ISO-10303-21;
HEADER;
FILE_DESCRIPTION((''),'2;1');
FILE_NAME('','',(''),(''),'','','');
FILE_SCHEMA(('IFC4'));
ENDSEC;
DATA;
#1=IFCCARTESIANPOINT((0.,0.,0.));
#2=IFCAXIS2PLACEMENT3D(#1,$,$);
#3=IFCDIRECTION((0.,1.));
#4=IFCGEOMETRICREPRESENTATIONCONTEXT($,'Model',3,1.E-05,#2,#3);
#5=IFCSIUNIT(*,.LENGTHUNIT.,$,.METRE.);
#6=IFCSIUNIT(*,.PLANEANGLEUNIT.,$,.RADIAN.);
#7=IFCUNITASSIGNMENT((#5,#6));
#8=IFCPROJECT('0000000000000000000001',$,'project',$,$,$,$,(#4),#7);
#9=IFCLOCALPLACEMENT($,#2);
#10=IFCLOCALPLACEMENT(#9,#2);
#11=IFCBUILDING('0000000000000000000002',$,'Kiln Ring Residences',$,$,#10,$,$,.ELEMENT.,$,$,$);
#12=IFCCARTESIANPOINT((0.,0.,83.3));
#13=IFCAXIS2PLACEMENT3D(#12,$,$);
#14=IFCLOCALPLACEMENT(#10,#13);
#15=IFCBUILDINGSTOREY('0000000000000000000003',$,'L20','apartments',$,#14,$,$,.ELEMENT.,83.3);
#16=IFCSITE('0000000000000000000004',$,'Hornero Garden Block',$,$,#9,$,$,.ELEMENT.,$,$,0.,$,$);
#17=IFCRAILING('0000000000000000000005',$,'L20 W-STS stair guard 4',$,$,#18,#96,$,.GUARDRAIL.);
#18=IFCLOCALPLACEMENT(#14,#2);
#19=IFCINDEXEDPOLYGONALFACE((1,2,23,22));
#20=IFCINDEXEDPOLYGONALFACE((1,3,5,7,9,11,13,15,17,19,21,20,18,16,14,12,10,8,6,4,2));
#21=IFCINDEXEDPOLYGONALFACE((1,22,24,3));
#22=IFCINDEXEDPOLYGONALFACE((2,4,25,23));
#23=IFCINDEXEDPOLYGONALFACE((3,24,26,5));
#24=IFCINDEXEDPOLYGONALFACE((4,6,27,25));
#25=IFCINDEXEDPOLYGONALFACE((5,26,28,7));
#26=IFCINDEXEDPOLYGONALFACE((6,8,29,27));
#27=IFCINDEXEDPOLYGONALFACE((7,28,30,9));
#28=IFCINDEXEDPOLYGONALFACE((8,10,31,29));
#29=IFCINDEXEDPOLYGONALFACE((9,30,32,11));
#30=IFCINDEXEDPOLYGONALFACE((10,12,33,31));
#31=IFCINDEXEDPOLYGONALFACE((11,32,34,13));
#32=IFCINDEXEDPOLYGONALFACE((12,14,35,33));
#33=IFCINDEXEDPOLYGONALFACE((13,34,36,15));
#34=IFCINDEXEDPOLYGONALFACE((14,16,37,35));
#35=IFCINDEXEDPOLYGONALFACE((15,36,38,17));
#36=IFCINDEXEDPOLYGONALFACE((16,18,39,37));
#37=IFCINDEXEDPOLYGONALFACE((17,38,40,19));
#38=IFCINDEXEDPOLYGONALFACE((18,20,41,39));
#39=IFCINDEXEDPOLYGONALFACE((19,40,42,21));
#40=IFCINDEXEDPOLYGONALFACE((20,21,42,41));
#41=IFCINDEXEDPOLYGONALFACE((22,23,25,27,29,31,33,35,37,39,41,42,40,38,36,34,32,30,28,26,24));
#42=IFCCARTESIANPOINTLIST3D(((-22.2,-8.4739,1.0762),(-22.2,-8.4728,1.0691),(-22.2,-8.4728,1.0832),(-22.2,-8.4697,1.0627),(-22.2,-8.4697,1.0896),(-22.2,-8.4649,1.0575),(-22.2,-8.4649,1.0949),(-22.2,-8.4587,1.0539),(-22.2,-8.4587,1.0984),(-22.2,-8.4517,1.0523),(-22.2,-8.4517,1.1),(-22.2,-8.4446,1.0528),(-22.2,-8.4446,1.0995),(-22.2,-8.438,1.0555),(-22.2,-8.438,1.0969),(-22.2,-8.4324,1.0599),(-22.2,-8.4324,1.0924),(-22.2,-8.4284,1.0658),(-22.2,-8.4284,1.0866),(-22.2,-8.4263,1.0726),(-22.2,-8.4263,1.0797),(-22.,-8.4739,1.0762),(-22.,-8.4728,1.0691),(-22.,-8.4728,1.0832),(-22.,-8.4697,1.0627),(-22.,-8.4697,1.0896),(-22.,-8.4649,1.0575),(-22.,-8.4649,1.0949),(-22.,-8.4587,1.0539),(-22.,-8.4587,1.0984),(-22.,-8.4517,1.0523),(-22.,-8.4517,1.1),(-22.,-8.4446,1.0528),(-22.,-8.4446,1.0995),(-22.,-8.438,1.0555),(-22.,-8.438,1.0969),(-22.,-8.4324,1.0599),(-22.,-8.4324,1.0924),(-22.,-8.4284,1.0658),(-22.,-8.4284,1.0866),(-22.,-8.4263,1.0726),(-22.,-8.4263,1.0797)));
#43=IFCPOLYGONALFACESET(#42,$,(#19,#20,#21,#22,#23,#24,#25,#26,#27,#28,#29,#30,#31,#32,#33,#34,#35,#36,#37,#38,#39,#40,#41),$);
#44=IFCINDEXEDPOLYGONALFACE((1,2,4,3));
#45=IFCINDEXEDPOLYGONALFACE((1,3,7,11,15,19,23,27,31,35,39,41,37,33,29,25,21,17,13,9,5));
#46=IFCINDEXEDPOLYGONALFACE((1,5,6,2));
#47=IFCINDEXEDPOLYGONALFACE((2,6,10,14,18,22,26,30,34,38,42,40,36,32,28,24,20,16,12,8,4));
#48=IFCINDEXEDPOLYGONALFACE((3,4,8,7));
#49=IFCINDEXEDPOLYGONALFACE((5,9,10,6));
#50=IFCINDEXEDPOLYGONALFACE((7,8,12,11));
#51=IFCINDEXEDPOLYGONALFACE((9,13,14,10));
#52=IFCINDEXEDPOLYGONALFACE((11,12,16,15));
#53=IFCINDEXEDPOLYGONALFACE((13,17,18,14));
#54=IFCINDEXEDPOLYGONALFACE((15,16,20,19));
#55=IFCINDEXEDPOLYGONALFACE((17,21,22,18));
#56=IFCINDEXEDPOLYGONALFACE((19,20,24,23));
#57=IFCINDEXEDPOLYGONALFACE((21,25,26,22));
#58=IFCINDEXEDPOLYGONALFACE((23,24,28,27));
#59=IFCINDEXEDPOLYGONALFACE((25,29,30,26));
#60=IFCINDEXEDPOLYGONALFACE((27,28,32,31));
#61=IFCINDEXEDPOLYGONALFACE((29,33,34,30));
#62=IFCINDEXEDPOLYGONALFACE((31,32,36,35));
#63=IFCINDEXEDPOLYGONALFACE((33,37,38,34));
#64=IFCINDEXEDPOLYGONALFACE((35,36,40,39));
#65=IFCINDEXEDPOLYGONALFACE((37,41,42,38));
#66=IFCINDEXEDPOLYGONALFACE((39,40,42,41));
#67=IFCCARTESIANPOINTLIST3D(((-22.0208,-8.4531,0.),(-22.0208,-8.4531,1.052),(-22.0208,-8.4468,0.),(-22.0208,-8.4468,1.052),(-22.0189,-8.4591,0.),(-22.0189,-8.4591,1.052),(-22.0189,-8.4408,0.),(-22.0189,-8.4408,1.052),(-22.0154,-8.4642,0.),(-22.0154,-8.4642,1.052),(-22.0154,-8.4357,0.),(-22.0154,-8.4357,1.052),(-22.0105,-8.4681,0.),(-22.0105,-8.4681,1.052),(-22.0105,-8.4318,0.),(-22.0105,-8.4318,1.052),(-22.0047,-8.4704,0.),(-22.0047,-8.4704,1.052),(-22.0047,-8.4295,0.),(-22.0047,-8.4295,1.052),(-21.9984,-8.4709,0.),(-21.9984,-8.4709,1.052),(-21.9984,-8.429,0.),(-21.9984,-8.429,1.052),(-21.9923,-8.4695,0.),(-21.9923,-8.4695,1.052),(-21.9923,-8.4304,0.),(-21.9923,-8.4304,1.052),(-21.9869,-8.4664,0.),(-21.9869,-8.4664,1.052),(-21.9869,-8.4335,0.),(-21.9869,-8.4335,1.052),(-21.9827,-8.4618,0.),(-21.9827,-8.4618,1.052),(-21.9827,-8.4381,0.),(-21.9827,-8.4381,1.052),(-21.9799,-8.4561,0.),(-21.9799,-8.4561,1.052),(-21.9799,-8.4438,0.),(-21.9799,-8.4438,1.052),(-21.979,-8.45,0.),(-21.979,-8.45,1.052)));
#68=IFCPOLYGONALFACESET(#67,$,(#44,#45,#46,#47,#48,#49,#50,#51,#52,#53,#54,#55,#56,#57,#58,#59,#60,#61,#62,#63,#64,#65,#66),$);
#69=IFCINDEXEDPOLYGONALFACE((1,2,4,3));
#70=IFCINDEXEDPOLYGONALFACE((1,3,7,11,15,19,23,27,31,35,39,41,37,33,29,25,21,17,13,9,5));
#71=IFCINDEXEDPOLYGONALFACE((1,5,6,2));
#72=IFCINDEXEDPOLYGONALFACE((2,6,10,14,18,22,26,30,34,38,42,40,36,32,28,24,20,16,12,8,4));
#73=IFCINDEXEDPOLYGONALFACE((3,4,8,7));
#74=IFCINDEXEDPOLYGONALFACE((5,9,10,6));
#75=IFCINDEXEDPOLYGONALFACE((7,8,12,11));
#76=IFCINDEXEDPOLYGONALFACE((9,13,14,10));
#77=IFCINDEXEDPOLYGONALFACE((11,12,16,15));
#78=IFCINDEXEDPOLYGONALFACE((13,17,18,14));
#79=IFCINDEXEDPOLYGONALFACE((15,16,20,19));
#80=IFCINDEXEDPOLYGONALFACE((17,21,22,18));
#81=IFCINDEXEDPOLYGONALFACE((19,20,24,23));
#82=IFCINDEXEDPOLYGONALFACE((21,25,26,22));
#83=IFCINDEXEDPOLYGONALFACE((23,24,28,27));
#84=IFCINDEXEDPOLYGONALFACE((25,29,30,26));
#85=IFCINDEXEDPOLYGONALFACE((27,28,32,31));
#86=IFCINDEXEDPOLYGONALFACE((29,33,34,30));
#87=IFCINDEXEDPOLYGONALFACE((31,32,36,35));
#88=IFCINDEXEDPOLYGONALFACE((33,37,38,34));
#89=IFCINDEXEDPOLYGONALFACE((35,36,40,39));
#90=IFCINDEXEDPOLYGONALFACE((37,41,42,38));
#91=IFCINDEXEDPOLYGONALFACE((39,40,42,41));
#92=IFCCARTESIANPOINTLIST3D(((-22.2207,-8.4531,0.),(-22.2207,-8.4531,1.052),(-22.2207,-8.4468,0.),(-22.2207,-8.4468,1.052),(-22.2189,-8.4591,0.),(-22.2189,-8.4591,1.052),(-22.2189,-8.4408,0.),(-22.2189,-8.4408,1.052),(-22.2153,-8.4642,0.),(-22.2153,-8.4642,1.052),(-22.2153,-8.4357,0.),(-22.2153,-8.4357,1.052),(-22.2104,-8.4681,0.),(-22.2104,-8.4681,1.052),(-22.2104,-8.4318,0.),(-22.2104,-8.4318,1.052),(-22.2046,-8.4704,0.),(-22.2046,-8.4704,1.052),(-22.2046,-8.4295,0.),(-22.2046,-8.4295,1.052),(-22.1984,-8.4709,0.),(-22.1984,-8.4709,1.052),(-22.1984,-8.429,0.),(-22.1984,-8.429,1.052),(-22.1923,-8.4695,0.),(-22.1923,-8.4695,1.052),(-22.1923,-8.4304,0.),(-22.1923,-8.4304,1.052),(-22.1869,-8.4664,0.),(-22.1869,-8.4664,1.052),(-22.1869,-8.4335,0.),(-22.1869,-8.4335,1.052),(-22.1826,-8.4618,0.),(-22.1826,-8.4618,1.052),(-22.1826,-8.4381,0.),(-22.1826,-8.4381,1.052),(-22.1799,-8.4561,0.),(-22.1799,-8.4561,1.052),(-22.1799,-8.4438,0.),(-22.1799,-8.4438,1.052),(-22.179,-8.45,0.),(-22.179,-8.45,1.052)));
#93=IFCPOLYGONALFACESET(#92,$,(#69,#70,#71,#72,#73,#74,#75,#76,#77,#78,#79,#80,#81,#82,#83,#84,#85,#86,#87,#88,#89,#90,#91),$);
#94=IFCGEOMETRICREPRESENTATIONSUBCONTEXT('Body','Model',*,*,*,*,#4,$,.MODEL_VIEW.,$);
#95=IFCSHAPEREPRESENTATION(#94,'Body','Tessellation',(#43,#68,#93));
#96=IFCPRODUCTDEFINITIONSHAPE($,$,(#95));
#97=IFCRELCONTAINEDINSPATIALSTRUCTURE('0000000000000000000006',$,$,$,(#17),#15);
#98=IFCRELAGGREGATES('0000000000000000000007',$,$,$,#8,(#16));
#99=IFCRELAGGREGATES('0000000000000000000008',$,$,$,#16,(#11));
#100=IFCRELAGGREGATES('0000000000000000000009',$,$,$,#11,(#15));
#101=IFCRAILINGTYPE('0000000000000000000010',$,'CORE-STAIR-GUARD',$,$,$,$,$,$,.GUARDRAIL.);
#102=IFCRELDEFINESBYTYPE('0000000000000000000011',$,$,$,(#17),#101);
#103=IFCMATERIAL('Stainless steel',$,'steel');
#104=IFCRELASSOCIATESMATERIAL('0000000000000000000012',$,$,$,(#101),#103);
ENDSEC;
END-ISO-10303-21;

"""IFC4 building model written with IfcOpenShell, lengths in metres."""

from ifc_helpers import new_model, si_unit, direction, frame, origin, origin_2d, place, context, subcontext, project, spatial, circle, extrude, material, type_object, element, save


model = new_model("IFC4")

# Units and contexts
model_context = context("Model", 3, precision=1e-05, world=origin(), true_north=direction((0.0, 1.0)))
body_context = subcontext(model_context, "Body", "Model", "MODEL_VIEW")
ifc_project = project(units=[si_unit("LENGTHUNIT", "METRE"), si_unit("PLANEANGLEUNIT", "RADIAN")], contexts=[model_context])

# Site, building, storey
site_placement = place(None, origin())
site = spatial("IfcSite", under=ifc_project, at=site_placement, Name="Hornero Garden Block", CompositionType="ELEMENT", RefElevation=0.0)
building_placement = place(site_placement, origin())
building = spatial("IfcBuilding", under=site, at=building_placement, Name="Kiln Ring Residences", CompositionType="ELEMENT")
storey_placement = place(building_placement, frame((0.0, 0.0, 83.3)))
storey = spatial("IfcBuildingStorey", under=building, at=storey_placement, Name="L20", Description="apartments", CompositionType="ELEMENT", Elevation=83.3)

# Railing
ifc_material_1 = material(Name="Stainless steel", Category="steel")
railing_type_1 = type_object("IfcRailingType", Name="CORE-STAIR-GUARD", PredefinedType="GUARDRAIL", material=ifc_material_1)
railing_1_placement = place(storey_placement, frame((-22.0, -8.45, 0.0)))
element("IfcRailing", 1, at=railing_1_placement, inside=storey, type_object=railing_type_1, Name="L20 W-STS stair guard 4", PredefinedType="GUARDRAIL", context=body_context, shape_type="SweptSolid", body=[
    extrude(circle(Radius=0.0239, at=origin_2d()), frame((0.0, 0.0, 1.0762), z_axis=(-1.0, 0.0, 0.0), x_axis=(0.0, -1.0, 0.0)), (0.0, 0.0, 1.0), 0.2),
    extrude(circle(Radius=0.021, at=origin_2d()), origin(), (0.0, 0.0, 1.0), 1.052),
    extrude(circle(Radius=0.021, at=origin_2d()), frame((-0.2, 0.0, 0.0)), (0.0, 0.0, 1.0), 1.052),
])

save(model, "model.ifc")
